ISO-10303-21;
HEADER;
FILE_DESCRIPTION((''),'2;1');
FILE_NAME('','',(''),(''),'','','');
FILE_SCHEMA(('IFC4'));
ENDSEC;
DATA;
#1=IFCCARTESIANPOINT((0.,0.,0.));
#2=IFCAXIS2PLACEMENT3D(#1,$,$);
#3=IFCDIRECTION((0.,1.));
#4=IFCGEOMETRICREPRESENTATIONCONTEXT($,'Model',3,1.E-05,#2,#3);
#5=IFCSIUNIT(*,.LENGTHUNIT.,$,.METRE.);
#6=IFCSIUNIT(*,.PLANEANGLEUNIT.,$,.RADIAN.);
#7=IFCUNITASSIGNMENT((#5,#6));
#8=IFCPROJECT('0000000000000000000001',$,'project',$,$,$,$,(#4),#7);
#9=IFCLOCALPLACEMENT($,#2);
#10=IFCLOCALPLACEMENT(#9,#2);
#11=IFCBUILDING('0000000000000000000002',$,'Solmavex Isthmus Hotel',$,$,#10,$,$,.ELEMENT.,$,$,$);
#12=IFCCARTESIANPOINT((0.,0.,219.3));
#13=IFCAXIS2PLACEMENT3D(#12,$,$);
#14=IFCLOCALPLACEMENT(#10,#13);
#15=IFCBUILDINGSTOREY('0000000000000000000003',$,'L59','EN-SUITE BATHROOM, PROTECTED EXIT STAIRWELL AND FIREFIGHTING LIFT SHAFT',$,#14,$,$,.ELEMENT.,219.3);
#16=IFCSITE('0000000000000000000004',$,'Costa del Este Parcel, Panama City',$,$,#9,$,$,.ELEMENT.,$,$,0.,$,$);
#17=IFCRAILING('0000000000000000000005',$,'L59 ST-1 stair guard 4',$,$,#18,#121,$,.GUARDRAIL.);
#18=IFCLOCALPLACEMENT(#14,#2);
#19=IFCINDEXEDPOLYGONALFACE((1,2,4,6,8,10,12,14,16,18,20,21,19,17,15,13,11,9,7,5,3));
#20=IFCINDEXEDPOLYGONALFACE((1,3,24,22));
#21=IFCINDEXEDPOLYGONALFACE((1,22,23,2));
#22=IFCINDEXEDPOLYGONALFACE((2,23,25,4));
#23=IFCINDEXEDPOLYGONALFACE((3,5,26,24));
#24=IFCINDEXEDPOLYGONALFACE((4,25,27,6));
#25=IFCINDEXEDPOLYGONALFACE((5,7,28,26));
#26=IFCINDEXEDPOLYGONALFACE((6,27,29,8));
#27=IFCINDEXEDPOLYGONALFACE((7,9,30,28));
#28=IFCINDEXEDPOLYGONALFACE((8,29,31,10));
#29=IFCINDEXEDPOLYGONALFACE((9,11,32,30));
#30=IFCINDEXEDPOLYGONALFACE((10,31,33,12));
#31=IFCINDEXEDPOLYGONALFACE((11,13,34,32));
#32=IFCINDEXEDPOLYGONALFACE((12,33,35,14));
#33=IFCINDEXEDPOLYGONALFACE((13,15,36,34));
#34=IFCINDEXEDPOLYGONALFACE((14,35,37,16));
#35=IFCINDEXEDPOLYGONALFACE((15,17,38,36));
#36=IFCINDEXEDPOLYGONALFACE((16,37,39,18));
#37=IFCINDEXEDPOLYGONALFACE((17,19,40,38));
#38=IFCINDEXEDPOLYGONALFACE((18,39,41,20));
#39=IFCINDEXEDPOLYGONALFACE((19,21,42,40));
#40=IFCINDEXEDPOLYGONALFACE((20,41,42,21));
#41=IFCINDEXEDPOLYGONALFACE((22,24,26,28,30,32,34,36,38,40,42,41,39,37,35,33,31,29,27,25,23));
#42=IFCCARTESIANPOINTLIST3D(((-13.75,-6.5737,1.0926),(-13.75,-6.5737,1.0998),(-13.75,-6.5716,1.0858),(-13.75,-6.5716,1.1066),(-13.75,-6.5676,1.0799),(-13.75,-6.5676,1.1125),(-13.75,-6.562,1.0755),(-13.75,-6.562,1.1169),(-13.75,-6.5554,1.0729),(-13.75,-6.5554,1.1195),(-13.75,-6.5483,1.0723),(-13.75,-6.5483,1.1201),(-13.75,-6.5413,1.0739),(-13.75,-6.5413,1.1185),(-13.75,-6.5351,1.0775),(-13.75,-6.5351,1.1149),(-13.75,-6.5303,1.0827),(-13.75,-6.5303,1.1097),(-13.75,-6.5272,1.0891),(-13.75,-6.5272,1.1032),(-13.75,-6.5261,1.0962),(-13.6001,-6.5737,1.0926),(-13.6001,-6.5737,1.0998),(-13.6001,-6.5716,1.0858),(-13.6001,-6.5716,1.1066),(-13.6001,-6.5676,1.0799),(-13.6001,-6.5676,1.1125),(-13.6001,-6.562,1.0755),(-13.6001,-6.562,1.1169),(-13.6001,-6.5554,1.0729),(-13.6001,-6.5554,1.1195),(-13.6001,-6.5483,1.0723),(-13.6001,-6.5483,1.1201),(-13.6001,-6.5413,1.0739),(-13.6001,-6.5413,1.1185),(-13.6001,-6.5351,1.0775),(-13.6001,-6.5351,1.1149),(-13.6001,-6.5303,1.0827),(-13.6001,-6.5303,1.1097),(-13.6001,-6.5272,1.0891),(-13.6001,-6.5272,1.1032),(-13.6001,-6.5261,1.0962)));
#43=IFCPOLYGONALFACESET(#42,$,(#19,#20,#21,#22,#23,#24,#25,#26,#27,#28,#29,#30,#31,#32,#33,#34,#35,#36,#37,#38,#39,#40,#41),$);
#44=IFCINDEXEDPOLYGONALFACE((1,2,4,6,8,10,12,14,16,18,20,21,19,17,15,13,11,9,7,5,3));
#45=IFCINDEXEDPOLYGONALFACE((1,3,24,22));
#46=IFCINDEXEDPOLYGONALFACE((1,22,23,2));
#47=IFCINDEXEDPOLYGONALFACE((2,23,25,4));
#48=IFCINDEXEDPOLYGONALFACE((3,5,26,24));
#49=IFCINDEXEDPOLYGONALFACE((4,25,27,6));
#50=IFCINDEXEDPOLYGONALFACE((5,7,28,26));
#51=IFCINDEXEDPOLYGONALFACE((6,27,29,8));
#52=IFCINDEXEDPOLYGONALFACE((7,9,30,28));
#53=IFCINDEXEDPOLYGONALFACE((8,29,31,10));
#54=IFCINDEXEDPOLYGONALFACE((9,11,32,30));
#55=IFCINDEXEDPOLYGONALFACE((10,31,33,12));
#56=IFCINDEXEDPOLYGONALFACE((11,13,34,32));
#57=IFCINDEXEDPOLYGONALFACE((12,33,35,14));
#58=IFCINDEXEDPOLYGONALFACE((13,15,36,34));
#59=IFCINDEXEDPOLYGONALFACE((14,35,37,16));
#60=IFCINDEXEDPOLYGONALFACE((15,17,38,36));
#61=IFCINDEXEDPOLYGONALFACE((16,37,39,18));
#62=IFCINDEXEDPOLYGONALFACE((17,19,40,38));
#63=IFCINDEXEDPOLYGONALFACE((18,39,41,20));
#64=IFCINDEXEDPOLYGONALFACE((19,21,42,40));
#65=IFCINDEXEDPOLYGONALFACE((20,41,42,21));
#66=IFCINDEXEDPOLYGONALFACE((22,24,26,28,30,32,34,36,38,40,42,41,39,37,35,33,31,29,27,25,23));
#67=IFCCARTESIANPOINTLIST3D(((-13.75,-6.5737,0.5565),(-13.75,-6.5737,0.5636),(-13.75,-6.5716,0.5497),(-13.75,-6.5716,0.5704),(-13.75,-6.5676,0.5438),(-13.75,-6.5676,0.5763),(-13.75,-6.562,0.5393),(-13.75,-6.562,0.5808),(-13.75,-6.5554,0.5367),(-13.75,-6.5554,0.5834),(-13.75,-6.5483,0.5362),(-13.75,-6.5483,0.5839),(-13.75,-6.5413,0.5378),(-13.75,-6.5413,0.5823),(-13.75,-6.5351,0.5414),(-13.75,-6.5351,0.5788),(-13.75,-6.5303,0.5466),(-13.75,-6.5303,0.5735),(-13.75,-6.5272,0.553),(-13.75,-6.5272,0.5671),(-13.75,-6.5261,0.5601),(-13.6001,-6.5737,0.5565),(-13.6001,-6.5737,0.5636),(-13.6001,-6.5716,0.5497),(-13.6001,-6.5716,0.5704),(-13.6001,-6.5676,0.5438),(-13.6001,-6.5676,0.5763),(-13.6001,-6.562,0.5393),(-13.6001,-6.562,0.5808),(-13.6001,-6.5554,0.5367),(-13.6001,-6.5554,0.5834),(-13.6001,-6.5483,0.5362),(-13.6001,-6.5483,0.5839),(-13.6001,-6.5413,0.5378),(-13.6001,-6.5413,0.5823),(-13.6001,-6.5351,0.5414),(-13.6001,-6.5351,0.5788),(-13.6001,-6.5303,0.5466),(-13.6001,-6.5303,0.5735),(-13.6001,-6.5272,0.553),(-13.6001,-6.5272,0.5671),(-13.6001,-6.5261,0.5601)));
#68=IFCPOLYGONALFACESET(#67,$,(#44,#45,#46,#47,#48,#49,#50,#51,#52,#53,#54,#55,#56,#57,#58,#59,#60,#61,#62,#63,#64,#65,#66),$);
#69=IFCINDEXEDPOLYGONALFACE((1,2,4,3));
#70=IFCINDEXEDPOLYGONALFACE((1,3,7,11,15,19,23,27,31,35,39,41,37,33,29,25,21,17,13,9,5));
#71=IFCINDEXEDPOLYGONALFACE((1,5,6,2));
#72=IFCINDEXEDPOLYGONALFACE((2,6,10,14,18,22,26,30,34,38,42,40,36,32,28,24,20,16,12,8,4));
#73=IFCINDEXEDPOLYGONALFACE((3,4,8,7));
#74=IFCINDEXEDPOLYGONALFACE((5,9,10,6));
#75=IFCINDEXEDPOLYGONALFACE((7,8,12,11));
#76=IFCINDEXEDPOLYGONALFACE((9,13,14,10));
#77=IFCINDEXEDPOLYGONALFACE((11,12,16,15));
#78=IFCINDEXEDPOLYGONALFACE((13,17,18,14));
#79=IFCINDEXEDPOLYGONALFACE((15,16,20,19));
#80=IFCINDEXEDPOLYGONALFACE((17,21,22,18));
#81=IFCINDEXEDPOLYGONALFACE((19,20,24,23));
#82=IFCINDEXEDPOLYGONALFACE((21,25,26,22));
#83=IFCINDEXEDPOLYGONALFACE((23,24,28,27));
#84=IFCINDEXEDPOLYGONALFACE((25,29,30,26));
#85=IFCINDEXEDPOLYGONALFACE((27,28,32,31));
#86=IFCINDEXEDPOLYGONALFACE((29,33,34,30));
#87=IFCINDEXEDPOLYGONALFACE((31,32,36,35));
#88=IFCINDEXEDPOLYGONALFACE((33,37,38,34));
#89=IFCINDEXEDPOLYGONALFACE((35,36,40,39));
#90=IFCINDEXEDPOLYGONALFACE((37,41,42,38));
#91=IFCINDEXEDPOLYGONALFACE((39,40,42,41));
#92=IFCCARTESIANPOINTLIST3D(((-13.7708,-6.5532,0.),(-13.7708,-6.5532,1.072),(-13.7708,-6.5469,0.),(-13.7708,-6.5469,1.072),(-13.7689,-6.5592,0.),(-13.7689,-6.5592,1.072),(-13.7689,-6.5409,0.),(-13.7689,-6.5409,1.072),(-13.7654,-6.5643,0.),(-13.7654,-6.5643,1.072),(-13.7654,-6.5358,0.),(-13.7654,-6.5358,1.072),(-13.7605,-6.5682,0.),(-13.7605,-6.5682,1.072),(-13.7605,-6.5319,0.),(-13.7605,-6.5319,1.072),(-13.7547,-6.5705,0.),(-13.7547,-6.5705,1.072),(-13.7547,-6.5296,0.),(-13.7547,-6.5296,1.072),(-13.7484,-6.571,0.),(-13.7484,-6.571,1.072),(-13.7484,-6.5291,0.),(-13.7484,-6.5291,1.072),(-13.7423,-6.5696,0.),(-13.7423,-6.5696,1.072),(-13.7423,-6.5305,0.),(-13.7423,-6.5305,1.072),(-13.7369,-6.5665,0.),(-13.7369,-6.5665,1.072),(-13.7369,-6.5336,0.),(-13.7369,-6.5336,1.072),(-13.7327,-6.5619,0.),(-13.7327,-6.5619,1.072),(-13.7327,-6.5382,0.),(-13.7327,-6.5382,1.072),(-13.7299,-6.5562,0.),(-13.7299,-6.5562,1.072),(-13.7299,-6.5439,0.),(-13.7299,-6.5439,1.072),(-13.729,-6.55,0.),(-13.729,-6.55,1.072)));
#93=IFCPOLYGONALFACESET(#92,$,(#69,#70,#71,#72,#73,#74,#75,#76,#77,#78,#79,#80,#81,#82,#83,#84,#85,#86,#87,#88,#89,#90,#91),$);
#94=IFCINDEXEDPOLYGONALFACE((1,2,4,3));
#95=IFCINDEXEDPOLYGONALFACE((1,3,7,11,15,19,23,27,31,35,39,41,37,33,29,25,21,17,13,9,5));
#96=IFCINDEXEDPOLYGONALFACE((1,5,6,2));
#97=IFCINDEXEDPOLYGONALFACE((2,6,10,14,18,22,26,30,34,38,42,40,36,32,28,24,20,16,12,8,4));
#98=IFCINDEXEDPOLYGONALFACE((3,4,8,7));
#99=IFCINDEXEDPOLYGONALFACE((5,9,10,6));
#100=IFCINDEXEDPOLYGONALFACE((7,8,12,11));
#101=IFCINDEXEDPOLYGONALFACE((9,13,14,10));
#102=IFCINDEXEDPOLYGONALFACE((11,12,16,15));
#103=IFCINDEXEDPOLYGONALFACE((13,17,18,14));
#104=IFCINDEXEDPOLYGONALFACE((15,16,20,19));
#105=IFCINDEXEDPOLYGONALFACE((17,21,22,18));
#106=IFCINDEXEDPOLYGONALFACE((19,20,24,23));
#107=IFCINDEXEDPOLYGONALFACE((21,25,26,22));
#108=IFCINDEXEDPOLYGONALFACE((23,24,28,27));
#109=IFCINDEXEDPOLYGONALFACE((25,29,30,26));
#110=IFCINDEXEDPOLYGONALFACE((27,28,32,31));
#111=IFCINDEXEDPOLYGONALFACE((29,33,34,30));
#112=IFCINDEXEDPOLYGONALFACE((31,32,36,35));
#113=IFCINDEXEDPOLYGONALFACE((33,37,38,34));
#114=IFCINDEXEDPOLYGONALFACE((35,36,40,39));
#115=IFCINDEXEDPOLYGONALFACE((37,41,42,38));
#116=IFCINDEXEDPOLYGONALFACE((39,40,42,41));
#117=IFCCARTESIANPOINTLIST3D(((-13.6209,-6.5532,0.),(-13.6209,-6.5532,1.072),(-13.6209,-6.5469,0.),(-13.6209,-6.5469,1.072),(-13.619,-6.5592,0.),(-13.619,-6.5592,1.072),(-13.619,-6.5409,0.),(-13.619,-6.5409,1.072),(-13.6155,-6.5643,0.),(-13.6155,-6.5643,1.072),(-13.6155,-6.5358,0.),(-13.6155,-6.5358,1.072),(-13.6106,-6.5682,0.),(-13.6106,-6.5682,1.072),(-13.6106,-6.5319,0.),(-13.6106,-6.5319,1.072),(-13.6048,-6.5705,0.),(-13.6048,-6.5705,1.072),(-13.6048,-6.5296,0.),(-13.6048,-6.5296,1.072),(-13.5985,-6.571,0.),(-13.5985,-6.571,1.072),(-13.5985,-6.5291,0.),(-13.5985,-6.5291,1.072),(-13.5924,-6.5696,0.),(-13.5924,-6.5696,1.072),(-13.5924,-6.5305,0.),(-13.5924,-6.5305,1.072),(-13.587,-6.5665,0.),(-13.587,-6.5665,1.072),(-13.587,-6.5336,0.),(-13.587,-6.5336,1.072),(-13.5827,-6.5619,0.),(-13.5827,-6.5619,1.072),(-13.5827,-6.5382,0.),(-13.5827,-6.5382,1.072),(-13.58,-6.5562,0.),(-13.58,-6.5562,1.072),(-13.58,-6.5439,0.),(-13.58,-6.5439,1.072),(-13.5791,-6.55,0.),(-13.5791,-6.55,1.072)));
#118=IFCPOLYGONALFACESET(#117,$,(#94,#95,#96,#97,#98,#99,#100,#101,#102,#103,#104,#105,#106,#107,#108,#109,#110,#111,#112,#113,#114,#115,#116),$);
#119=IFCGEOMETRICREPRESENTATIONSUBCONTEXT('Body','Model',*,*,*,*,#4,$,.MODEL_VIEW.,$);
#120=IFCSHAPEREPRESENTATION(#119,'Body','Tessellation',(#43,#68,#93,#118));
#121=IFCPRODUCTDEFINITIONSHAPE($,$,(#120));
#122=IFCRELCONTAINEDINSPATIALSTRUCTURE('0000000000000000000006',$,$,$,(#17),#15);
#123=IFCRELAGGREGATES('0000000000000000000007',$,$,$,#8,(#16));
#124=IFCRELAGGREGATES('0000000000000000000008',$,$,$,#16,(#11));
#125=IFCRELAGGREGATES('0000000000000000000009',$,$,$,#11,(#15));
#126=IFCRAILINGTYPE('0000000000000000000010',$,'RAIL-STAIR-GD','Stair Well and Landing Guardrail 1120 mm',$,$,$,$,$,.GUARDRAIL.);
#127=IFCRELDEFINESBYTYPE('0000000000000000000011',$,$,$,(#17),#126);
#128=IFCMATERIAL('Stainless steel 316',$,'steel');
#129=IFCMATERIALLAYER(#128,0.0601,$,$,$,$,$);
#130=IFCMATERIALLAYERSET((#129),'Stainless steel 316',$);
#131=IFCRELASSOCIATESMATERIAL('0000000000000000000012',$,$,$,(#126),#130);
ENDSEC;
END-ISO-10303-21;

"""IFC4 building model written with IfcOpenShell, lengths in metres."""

from ifc_helpers import new_model, si_unit, direction, frame, origin, origin_2d, place, context, subcontext, project, spatial, circle, extrude, material, layer, layer_set, type_object, element, save


model = new_model("IFC4")

# Units and contexts
model_context = context("Model", 3, precision=1e-05, world=origin(), true_north=direction((0.0, 1.0)))
body_context = subcontext(model_context, "Body", "Model", "MODEL_VIEW")
ifc_project = project(units=[si_unit("LENGTHUNIT", "METRE"), si_unit("PLANEANGLEUNIT", "RADIAN")], contexts=[model_context])

# Site, building, storey
site_placement = place(None, origin())
site = spatial("IfcSite", under=ifc_project, at=site_placement, Name="Costa del Este Parcel, Panama City", CompositionType="ELEMENT", RefElevation=0.0)
building_placement = place(site_placement, origin())
building = spatial("IfcBuilding", under=site, at=building_placement, Name="Solmavex Isthmus Hotel", CompositionType="ELEMENT")
storey_placement = place(building_placement, frame((0.0, 0.0, 219.3)))
storey = spatial("IfcBuildingStorey", under=building, at=storey_placement, Name="L59", Description="EN-SUITE BATHROOM, PROTECTED EXIT STAIRWELL AND FIREFIGHTING LIFT SHAFT", CompositionType="ELEMENT", Elevation=219.3)

# Railing
ifc_material_1 = material(Name="Stainless steel 316", Category="steel")
ifc_layer_1 = layer(ifc_material_1, 0.0601)
ifc_layer_set_1 = layer_set([ifc_layer_1], Name="Stainless steel 316")
railing_type_1 = type_object("IfcRailingType", Name="RAIL-STAIR-GD", Description="Stair Well and Landing Guardrail 1120 mm", PredefinedType="GUARDRAIL", material=ifc_layer_set_1)
railing_1_placement = place(storey_placement, frame((-13.75, -6.55, 0.0)))
element("IfcRailing", 1, at=railing_1_placement, inside=storey, type_object=railing_type_1, Name="L59 ST-1 stair guard 4", PredefinedType="GUARDRAIL", context=body_context, shape_type="SweptSolid", body=[
    extrude(circle(Radius=0.0239, at=origin_2d()), frame((0.0, 0.0, 1.0962), z_axis=(1.0, 0.0, 0.0), x_axis=(0.0, 1.0, 0.0)), (0.0, 0.0, 1.0), 0.1499),
    extrude(circle(Radius=0.0239, at=origin_2d()), frame((0.0, 0.0, 0.5601), z_axis=(1.0, 0.0, 0.0), x_axis=(0.0, 1.0, 0.0)), (0.0, 0.0, 1.0), 0.1499),
    extrude(circle(Radius=0.021, at=origin_2d()), origin(), (0.0, 0.0, 1.0), 1.072),
    extrude(circle(Radius=0.021, at=origin_2d()), frame((0.1499, 0.0, 0.0)), (0.0, 0.0, 1.0), 1.072),
])

save(model, "model.ifc")
